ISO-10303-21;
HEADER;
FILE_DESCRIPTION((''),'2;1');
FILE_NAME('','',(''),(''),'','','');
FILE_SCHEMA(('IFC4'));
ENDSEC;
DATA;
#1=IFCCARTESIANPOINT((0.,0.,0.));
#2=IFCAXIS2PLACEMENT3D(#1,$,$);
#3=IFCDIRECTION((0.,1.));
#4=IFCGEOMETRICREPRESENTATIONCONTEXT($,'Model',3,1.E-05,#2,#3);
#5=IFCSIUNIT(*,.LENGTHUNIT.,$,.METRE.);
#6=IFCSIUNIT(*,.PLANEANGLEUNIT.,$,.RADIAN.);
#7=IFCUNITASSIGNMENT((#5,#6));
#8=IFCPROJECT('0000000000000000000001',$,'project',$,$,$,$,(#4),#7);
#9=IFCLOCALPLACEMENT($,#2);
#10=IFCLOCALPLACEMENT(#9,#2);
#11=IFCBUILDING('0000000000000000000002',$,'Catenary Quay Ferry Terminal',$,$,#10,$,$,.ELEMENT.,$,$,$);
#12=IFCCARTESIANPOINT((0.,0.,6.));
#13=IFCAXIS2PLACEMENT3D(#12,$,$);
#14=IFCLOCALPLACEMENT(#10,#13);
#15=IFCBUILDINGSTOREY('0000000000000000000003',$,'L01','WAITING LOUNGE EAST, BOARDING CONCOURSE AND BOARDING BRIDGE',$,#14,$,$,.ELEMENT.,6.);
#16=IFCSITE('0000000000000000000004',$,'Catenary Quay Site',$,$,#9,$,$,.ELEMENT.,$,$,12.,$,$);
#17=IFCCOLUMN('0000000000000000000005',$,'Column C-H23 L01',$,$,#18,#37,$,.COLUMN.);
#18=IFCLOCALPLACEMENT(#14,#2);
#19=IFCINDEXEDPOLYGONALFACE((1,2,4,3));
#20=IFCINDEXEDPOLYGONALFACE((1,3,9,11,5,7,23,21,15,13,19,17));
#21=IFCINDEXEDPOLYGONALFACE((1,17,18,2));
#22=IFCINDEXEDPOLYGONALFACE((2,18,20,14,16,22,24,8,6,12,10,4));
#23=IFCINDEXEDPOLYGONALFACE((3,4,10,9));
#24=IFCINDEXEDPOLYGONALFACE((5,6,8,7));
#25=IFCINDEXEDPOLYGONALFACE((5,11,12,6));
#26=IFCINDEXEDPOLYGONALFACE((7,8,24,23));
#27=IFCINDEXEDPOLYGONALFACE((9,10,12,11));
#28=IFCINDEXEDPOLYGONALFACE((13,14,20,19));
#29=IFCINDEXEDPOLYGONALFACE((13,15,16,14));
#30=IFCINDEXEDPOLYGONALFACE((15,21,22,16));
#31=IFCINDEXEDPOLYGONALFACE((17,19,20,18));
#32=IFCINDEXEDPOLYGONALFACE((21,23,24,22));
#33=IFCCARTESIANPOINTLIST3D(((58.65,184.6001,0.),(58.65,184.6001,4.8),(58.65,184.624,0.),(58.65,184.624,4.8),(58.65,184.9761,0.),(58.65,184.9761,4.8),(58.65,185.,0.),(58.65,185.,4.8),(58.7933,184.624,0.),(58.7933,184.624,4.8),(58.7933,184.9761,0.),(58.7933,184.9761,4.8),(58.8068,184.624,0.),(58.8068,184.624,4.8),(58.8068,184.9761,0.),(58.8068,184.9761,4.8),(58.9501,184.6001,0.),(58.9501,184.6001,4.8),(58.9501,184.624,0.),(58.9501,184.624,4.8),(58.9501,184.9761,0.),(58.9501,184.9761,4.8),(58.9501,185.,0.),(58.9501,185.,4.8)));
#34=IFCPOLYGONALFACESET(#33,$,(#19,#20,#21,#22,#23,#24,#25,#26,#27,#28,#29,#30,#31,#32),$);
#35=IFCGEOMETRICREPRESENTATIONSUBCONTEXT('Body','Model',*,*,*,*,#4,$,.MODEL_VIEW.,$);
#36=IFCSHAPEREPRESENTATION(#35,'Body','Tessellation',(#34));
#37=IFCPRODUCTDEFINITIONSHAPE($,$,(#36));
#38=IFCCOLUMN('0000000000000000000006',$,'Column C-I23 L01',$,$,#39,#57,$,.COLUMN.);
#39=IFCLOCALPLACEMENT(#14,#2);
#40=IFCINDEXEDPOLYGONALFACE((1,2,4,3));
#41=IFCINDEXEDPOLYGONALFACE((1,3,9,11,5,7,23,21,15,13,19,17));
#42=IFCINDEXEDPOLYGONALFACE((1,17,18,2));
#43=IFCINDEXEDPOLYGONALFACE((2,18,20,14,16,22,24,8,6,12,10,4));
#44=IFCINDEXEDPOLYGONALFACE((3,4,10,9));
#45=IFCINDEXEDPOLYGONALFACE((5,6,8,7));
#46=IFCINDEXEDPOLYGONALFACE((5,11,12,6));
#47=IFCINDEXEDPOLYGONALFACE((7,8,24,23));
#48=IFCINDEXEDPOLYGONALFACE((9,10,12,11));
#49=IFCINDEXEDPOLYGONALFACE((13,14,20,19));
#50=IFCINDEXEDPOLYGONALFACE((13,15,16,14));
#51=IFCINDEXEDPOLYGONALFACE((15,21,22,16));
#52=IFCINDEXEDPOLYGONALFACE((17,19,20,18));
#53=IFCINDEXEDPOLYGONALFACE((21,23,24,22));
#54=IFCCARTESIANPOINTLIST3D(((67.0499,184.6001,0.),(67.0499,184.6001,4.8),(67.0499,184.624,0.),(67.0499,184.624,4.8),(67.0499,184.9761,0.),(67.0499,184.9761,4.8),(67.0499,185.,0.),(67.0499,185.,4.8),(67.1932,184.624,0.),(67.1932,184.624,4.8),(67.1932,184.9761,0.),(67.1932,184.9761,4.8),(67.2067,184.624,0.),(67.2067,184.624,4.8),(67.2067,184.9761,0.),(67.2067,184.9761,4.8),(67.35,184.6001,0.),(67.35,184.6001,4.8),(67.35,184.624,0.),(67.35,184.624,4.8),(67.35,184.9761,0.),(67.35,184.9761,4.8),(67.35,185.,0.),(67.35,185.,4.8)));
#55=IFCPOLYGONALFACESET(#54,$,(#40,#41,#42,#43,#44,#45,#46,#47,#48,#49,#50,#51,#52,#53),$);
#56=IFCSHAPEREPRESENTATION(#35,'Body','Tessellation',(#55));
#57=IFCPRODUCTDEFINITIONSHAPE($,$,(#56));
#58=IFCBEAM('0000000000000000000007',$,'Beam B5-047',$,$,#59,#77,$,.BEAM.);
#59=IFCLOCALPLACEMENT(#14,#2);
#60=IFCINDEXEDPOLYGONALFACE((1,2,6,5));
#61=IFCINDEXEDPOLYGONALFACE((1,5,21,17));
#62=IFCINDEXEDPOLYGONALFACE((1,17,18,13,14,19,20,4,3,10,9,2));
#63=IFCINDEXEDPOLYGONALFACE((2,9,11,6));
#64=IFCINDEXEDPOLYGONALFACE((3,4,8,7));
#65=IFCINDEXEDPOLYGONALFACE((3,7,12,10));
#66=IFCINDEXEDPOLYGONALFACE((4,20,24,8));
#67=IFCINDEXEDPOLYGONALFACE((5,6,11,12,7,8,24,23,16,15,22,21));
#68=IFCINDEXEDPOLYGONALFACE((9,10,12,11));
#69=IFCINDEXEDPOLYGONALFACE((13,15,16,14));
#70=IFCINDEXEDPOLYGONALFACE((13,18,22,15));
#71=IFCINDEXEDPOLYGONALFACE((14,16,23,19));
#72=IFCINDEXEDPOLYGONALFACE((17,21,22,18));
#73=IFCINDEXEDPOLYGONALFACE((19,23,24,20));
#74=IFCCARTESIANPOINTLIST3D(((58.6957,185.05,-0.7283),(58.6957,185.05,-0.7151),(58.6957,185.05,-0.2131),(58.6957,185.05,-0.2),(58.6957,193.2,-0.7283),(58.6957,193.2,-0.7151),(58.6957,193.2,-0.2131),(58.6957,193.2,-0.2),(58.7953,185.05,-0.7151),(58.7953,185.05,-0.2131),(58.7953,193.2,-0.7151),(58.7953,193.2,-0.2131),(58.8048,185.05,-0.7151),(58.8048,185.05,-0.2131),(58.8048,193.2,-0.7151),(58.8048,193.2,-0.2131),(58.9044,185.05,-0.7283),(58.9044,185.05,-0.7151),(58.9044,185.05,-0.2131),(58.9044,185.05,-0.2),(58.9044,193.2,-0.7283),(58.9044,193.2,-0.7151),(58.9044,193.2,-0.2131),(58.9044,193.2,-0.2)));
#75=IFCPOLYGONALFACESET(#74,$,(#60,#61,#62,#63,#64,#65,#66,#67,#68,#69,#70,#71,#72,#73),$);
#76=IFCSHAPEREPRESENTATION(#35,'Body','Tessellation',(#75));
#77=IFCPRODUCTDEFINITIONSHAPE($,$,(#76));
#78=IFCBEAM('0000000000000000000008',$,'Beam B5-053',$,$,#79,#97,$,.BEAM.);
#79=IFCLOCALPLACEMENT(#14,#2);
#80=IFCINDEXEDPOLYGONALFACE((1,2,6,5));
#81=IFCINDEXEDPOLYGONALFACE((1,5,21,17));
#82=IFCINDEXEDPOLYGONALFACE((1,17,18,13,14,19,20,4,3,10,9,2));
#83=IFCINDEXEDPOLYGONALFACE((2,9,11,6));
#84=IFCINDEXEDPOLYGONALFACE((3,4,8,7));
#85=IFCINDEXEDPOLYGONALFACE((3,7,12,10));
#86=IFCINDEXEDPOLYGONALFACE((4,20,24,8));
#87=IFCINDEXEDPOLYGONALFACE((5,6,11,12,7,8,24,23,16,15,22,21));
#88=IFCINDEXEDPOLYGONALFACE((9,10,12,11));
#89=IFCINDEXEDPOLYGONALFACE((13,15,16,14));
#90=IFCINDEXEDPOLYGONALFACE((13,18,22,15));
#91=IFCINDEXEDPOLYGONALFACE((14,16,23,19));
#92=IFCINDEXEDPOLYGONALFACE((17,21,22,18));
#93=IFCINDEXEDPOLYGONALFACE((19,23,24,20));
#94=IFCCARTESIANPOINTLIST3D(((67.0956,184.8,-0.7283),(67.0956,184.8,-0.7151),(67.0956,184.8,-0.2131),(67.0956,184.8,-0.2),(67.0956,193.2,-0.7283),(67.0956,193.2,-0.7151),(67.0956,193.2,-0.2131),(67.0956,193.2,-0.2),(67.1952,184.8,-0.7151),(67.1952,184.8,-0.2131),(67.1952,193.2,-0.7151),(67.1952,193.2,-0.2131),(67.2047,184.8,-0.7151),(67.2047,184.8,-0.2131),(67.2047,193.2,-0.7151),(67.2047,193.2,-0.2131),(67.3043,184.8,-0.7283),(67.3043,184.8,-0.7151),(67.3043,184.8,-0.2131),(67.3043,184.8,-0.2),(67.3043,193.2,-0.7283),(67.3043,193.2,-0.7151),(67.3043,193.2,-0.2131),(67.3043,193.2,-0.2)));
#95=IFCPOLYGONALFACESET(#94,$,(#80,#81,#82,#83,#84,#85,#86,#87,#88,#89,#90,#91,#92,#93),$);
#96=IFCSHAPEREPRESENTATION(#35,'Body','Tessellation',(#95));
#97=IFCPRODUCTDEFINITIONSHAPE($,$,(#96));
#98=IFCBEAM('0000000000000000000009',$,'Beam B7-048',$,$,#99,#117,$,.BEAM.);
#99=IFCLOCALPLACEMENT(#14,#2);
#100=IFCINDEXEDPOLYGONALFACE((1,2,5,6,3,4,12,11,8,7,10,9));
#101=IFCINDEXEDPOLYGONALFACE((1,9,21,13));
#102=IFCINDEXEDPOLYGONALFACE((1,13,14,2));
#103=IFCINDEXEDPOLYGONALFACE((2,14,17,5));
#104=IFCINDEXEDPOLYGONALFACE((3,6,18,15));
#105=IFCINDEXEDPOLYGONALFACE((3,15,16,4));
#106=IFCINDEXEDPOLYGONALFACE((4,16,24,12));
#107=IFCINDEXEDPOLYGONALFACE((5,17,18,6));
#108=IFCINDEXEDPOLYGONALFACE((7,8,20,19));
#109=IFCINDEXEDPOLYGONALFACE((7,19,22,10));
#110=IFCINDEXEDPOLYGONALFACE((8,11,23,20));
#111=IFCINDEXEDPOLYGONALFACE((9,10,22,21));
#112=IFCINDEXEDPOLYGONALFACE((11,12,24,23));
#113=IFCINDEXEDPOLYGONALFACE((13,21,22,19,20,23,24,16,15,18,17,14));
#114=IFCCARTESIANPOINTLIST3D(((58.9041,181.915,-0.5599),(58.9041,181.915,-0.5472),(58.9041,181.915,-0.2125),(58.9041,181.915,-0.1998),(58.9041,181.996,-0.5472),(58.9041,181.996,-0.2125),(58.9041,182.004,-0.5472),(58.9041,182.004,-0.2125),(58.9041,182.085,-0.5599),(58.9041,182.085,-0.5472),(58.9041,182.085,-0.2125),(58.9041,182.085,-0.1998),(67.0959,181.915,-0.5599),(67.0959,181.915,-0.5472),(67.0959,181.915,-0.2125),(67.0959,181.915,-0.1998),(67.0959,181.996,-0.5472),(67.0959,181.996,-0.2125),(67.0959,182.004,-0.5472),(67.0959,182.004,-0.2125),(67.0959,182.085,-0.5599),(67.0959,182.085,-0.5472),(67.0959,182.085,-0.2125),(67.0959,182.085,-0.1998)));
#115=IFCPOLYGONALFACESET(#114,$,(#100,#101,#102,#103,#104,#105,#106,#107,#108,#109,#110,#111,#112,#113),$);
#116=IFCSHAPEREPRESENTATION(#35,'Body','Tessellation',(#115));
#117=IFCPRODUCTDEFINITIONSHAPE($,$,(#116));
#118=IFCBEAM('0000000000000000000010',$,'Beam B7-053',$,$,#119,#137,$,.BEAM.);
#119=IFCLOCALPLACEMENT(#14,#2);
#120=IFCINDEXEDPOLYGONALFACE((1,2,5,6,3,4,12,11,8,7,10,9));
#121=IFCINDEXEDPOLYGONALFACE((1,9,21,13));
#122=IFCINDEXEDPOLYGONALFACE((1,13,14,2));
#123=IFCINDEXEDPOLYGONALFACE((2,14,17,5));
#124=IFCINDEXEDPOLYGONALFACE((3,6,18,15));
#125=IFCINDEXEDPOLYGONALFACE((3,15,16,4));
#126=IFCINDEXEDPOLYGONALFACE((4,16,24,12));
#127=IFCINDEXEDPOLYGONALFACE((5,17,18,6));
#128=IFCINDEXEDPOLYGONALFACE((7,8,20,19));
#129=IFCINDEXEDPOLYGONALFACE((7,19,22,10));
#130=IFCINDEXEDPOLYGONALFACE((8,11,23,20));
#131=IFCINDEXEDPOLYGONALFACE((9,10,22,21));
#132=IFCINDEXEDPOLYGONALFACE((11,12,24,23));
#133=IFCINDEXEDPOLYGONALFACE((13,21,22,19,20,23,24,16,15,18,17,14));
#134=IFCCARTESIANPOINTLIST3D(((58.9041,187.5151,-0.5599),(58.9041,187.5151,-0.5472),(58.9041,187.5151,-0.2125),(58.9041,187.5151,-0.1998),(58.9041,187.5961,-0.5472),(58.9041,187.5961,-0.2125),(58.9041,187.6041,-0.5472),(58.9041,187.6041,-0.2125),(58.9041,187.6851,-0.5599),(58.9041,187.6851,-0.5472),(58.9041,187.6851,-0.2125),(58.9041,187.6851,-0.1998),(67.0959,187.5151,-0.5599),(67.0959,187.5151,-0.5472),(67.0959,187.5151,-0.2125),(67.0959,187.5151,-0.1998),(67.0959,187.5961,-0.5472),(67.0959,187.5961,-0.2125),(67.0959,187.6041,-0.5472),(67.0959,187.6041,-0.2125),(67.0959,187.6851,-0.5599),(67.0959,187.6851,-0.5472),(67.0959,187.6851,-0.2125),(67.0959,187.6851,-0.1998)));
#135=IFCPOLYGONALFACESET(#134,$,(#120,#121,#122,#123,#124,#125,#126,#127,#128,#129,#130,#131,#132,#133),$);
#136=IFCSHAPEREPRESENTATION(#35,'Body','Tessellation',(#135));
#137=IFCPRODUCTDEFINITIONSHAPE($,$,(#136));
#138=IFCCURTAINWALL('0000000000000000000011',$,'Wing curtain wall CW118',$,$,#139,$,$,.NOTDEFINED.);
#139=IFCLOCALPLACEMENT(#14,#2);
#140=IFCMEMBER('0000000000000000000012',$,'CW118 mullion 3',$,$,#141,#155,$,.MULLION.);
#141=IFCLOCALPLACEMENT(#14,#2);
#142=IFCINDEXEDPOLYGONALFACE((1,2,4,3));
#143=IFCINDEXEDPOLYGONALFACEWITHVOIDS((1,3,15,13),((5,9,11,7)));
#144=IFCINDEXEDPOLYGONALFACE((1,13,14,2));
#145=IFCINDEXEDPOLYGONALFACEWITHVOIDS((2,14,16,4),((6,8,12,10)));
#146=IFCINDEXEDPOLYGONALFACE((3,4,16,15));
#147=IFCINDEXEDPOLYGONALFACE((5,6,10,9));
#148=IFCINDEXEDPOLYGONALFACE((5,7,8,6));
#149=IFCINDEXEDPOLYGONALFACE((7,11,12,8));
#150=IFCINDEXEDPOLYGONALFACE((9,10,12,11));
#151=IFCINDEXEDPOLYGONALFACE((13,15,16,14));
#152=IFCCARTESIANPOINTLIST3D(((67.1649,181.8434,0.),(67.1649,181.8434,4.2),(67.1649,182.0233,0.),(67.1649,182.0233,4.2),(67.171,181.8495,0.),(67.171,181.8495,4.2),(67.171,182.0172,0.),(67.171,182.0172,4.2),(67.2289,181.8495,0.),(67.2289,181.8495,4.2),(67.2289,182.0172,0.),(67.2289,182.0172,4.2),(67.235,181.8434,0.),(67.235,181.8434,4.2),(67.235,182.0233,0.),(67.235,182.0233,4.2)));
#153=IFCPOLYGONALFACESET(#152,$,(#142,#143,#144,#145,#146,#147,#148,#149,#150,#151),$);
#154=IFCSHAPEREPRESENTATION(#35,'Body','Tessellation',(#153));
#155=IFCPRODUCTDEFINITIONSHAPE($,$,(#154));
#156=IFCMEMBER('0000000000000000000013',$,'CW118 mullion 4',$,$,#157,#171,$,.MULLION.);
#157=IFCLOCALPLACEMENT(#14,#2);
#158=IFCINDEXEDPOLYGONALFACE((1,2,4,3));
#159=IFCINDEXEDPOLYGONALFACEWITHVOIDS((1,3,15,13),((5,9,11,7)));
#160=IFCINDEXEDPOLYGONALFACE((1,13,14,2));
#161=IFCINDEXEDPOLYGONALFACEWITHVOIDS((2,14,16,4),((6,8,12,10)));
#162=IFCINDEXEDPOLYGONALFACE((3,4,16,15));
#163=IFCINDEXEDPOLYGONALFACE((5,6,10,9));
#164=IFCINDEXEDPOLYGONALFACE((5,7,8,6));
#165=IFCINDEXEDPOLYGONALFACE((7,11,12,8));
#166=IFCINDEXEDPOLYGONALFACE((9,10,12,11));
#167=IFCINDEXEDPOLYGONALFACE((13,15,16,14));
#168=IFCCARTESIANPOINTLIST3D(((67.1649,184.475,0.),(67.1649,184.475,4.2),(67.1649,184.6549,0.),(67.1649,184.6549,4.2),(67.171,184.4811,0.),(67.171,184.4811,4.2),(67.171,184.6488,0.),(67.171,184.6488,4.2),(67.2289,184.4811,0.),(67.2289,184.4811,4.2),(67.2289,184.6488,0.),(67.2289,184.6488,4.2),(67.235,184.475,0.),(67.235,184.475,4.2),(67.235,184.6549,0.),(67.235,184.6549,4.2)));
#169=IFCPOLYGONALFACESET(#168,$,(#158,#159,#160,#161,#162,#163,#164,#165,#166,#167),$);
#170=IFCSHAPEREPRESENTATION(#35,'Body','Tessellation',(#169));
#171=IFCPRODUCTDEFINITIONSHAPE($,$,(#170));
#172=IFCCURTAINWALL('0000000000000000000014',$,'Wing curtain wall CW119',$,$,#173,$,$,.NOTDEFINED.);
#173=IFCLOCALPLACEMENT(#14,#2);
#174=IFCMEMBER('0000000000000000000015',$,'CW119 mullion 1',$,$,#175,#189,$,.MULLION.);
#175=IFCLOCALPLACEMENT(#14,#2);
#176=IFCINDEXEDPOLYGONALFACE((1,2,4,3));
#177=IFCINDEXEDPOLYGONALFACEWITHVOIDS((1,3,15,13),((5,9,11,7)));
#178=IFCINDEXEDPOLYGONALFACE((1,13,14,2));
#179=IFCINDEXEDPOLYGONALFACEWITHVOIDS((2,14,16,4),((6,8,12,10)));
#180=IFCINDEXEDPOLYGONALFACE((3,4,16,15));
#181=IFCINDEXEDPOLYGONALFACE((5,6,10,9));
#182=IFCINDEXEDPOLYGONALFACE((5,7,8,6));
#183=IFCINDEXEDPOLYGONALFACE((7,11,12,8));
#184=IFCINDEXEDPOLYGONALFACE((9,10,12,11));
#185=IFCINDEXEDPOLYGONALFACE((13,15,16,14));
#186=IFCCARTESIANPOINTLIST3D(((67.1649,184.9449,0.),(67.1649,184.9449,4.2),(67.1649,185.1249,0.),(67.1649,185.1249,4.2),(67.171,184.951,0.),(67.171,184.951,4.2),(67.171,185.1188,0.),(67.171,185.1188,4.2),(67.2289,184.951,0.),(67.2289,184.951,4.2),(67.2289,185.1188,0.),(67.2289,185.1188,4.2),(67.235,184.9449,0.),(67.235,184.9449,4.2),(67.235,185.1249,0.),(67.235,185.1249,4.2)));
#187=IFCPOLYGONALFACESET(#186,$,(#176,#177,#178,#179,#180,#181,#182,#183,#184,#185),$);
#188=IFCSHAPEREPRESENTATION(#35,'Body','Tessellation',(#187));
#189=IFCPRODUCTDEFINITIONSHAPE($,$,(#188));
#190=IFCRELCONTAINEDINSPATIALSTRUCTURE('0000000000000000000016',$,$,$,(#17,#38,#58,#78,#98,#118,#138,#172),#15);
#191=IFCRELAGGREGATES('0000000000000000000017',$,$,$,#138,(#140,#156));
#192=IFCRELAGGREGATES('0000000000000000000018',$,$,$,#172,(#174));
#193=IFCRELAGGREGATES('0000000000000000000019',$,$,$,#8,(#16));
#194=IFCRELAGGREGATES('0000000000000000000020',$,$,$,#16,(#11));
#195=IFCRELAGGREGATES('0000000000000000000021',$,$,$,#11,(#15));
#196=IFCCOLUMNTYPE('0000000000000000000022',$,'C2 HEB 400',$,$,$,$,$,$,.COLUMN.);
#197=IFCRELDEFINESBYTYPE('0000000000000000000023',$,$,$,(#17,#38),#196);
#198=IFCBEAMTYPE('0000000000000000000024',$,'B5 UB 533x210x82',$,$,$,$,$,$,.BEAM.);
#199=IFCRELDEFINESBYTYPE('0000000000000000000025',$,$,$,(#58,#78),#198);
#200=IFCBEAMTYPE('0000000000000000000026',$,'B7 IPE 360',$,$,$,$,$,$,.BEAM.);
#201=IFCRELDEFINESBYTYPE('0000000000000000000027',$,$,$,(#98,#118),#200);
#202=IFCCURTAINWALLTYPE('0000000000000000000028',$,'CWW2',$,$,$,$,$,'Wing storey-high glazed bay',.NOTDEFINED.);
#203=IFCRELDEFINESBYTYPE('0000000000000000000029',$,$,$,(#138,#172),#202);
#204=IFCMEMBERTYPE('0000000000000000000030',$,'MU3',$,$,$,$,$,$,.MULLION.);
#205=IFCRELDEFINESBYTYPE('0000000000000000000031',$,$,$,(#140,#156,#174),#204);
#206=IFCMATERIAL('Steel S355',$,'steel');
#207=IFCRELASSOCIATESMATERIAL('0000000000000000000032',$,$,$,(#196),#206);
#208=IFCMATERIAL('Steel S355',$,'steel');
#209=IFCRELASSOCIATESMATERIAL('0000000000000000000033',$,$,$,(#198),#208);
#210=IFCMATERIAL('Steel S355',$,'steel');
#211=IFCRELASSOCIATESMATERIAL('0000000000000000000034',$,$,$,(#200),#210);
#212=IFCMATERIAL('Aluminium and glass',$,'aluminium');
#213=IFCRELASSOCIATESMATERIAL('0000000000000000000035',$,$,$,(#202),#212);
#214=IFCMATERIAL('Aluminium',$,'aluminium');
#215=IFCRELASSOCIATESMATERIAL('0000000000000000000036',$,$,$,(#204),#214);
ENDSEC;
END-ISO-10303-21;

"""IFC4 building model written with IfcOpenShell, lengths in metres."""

from ifc_helpers import new_model, si_unit, direction, frame, origin, origin_2d, place, context, subcontext, project, spatial, hollow_rectangle, i_section, extrude, material, material_profile, profile_set, type_object, element, aggregate, save


model = new_model("IFC4")

# Units and contexts
model_context = context("Model", 3, precision=1e-05, world=origin(), true_north=direction((0.0, 1.0)))
body_context = subcontext(model_context, "Body", "Model", "MODEL_VIEW")
ifc_project = project(units=[si_unit("LENGTHUNIT", "METRE"), si_unit("PLANEANGLEUNIT", "RADIAN")], contexts=[model_context])

# Site, building, storey
site_placement = place(None, origin())
site = spatial("IfcSite", under=ifc_project, at=site_placement, Name="Catenary Quay Site", CompositionType="ELEMENT", RefElevation=12.0)
building_placement = place(site_placement, origin())
building = spatial("IfcBuilding", under=site, at=building_placement, Name="Catenary Quay Ferry Terminal", CompositionType="ELEMENT")
storey_placement = place(building_placement, frame((0.0, 0.0, 6.0)))
storey = spatial("IfcBuildingStorey", under=building, at=storey_placement, Name="L01", Description="WAITING LOUNGE EAST, BOARDING CONCOURSE AND BOARDING BRIDGE", CompositionType="ELEMENT", Elevation=6.0)

# Columns
ifc_material_1 = material(Name="Steel S355", Category="steel")
ifc_material_profile_1 = material_profile(ifc_material_1, i_section(OverallWidth=0.3, OverallDepth=0.3999, WebThickness=0.0134, FlangeThickness=0.0239, at=origin_2d()), Name="HEB 400")
ifc_profile_set_1 = profile_set([ifc_material_profile_1], Name="Steel S355")
column_type = type_object("IfcColumnType", Name="C2 HEB 400", PredefinedType="COLUMN", material=ifc_profile_set_1)
for number, where, z_axis, x_axis, name in (
    (1, (58.8, 184.8, 0.0), (0.0, 0.0, 1.0), (1.0, 0.0, 0.0), "Column C-H23 L01"),
    (2, (67.2, 184.8, 0.0), (0.0, 0.0, 1.0), (1.0, 0.0, 0.0), "Column C-I23 L01"),
):
    element("IfcColumn", number, at=place(storey_placement, frame(where, z_axis=z_axis, x_axis=x_axis)), inside=storey, type_object=column_type, Name=name, PredefinedType="COLUMN", context=body_context, shape_type="SweptSolid", body=[
        extrude(i_section(OverallWidth=0.3, OverallDepth=0.3999, WebThickness=0.0134, FlangeThickness=0.0239, at=origin_2d()), origin(), (0.0, 0.0, 1.0), 4.8),
    ])

# Beams
ifc_material_2 = material(Name="Steel S355", Category="steel")
ifc_material_profile_2 = material_profile(ifc_material_2, i_section(OverallWidth=0.2087, OverallDepth=0.5283, WebThickness=0.0095, FlangeThickness=0.0132, at=origin_2d()), Name="UB 533x210x82")
ifc_profile_set_2 = profile_set([ifc_material_profile_2], Name="Steel S355")
beam_type_1 = type_object("IfcBeamType", Name="B5 UB 533x210x82", PredefinedType="BEAM", material=ifc_profile_set_2)
beam_1_placement = place(storey_placement, frame((58.8, 185.05, -0.4641), z_axis=(0.0, 1.0, 0.0), x_axis=(-1.0, 0.0, 0.0)))
element("IfcBeam", 3, at=beam_1_placement, inside=storey, type_object=beam_type_1, Name="Beam B5-047", PredefinedType="BEAM", context=body_context, shape_type="SweptSolid", body=[
    extrude(i_section(OverallWidth=0.2087, OverallDepth=0.5283, WebThickness=0.0095, FlangeThickness=0.0132, at=origin_2d()), origin(), (0.0, 0.0, 1.0), 8.1499),
])
beam_2_placement = place(storey_placement, frame((67.2, 184.8, -0.4641), z_axis=(0.0, 1.0, 0.0), x_axis=(-1.0, 0.0, 0.0)))
element("IfcBeam", 4, at=beam_2_placement, inside=storey, type_object=beam_type_1, Name="Beam B5-053", PredefinedType="BEAM", context=body_context, shape_type="SweptSolid", body=[
    extrude(i_section(OverallWidth=0.2087, OverallDepth=0.5283, WebThickness=0.0095, FlangeThickness=0.0132, at=origin_2d()), origin(), (0.0, 0.0, 1.0), 8.3999),
])
ifc_material_3 = material(Name="Steel S355", Category="steel")
ifc_material_profile_3 = material_profile(ifc_material_3, i_section(OverallWidth=0.1699, OverallDepth=0.3601, WebThickness=0.0081, FlangeThickness=0.0127, at=origin_2d()), Name="IPE 360")
ifc_profile_set_3 = profile_set([ifc_material_profile_3], Name="Steel S355")
beam_type_2 = type_object("IfcBeamType", Name="B7 IPE 360", PredefinedType="BEAM", material=ifc_profile_set_3)
for number, where, z_axis, x_axis, name in (
    (5, (58.9041, 182.0, -0.3799), (1.0, 0.0, 0.0), (0.0, 1.0, 0.0), "Beam B7-048"),
    (6, (58.9041, 187.6001, -0.3799), (1.0, 0.0, 0.0), (0.0, 1.0, 0.0), "Beam B7-053"),
):
    element("IfcBeam", number, at=place(storey_placement, frame(where, z_axis=z_axis, x_axis=x_axis)), inside=storey, type_object=beam_type_2, Name=name, PredefinedType="BEAM", context=body_context, shape_type="SweptSolid", body=[
        extrude(i_section(OverallWidth=0.1699, OverallDepth=0.3601, WebThickness=0.0081, FlangeThickness=0.0127, at=origin_2d()), origin(), (0.0, 0.0, 1.0), 8.1919),
    ])

# Curtain wall, members
ifc_material_4 = material(Name="Aluminium and glass", Category="aluminium")
curtain_wall_type = type_object("IfcCurtainWallType", Name="CWW2", ElementType="Wing storey-high glazed bay", PredefinedType="NOTDEFINED", material=ifc_material_4)
curtain_wall_1_placement = place(storey_placement, origin())
curtain_wall_1 = element("IfcCurtainWall", 7, at=curtain_wall_1_placement, inside=storey, type_object=curtain_wall_type, Name="Wing curtain wall CW118", PredefinedType="NOTDEFINED")
ifc_material_5 = material(Name="Aluminium", Category="aluminium")
ifc_material_profile_4 = material_profile(ifc_material_5, hollow_rectangle(XDim=0.0701, YDim=0.1799, WallThickness=0.0061, at=origin_2d()), Name="MU3")
ifc_profile_set_4 = profile_set([ifc_material_profile_4], Name="Aluminium")
member_type_1 = type_object("IfcMemberType", Name="MU3", PredefinedType="MULLION", material=ifc_profile_set_4)
member_1_placement = place(storey_placement, frame((67.2, 181.9333, 0.0), z_axis=(0.0, 0.0, 1.0), x_axis=(-1.0, 0.0, 0.0)))
member_1 = element("IfcMember", 8, at=member_1_placement, type_object=member_type_1, Name="CW118 mullion 3", PredefinedType="MULLION", context=body_context, shape_type="SweptSolid", body=[
    extrude(hollow_rectangle(XDim=0.0701, YDim=0.1799, WallThickness=0.0061, at=origin_2d()), origin(), (0.0, 0.0, 1.0), 4.2),
])
member_2_placement = place(storey_placement, frame((67.2, 184.5649, 0.0), z_axis=(0.0, 0.0, 1.0), x_axis=(-1.0, 0.0, 0.0)))
member_2 = element("IfcMember", 9, at=member_2_placement, type_object=member_type_1, Name="CW118 mullion 4", PredefinedType="MULLION", context=body_context, shape_type="SweptSolid", body=[
    extrude(hollow_rectangle(XDim=0.0701, YDim=0.1799, WallThickness=0.0061, at=origin_2d()), origin(), (0.0, 0.0, 1.0), 4.2),
])

# Curtain wall, member
curtain_wall_2_placement = place(storey_placement, origin())
curtain_wall_2 = element("IfcCurtainWall", 10, at=curtain_wall_2_placement, inside=storey, type_object=curtain_wall_type, Name="Wing curtain wall CW119", PredefinedType="NOTDEFINED")
member_3_placement = place(storey_placement, frame((67.2, 185.0349, 0.0), z_axis=(0.0, 0.0, 1.0), x_axis=(-1.0, 0.0, 0.0)))
member_3 = element("IfcMember", 11, at=member_3_placement, type_object=member_type_1, Name="CW119 mullion 1", PredefinedType="MULLION", context=body_context, shape_type="SweptSolid", body=[
    extrude(hollow_rectangle(XDim=0.0701, YDim=0.1799, WallThickness=0.0061, at=origin_2d()), origin(), (0.0, 0.0, 1.0), 4.2),
])

aggregate(curtain_wall_1, [member_1, member_2])
aggregate(curtain_wall_2, [member_3])

save(model, "model.ifc")
